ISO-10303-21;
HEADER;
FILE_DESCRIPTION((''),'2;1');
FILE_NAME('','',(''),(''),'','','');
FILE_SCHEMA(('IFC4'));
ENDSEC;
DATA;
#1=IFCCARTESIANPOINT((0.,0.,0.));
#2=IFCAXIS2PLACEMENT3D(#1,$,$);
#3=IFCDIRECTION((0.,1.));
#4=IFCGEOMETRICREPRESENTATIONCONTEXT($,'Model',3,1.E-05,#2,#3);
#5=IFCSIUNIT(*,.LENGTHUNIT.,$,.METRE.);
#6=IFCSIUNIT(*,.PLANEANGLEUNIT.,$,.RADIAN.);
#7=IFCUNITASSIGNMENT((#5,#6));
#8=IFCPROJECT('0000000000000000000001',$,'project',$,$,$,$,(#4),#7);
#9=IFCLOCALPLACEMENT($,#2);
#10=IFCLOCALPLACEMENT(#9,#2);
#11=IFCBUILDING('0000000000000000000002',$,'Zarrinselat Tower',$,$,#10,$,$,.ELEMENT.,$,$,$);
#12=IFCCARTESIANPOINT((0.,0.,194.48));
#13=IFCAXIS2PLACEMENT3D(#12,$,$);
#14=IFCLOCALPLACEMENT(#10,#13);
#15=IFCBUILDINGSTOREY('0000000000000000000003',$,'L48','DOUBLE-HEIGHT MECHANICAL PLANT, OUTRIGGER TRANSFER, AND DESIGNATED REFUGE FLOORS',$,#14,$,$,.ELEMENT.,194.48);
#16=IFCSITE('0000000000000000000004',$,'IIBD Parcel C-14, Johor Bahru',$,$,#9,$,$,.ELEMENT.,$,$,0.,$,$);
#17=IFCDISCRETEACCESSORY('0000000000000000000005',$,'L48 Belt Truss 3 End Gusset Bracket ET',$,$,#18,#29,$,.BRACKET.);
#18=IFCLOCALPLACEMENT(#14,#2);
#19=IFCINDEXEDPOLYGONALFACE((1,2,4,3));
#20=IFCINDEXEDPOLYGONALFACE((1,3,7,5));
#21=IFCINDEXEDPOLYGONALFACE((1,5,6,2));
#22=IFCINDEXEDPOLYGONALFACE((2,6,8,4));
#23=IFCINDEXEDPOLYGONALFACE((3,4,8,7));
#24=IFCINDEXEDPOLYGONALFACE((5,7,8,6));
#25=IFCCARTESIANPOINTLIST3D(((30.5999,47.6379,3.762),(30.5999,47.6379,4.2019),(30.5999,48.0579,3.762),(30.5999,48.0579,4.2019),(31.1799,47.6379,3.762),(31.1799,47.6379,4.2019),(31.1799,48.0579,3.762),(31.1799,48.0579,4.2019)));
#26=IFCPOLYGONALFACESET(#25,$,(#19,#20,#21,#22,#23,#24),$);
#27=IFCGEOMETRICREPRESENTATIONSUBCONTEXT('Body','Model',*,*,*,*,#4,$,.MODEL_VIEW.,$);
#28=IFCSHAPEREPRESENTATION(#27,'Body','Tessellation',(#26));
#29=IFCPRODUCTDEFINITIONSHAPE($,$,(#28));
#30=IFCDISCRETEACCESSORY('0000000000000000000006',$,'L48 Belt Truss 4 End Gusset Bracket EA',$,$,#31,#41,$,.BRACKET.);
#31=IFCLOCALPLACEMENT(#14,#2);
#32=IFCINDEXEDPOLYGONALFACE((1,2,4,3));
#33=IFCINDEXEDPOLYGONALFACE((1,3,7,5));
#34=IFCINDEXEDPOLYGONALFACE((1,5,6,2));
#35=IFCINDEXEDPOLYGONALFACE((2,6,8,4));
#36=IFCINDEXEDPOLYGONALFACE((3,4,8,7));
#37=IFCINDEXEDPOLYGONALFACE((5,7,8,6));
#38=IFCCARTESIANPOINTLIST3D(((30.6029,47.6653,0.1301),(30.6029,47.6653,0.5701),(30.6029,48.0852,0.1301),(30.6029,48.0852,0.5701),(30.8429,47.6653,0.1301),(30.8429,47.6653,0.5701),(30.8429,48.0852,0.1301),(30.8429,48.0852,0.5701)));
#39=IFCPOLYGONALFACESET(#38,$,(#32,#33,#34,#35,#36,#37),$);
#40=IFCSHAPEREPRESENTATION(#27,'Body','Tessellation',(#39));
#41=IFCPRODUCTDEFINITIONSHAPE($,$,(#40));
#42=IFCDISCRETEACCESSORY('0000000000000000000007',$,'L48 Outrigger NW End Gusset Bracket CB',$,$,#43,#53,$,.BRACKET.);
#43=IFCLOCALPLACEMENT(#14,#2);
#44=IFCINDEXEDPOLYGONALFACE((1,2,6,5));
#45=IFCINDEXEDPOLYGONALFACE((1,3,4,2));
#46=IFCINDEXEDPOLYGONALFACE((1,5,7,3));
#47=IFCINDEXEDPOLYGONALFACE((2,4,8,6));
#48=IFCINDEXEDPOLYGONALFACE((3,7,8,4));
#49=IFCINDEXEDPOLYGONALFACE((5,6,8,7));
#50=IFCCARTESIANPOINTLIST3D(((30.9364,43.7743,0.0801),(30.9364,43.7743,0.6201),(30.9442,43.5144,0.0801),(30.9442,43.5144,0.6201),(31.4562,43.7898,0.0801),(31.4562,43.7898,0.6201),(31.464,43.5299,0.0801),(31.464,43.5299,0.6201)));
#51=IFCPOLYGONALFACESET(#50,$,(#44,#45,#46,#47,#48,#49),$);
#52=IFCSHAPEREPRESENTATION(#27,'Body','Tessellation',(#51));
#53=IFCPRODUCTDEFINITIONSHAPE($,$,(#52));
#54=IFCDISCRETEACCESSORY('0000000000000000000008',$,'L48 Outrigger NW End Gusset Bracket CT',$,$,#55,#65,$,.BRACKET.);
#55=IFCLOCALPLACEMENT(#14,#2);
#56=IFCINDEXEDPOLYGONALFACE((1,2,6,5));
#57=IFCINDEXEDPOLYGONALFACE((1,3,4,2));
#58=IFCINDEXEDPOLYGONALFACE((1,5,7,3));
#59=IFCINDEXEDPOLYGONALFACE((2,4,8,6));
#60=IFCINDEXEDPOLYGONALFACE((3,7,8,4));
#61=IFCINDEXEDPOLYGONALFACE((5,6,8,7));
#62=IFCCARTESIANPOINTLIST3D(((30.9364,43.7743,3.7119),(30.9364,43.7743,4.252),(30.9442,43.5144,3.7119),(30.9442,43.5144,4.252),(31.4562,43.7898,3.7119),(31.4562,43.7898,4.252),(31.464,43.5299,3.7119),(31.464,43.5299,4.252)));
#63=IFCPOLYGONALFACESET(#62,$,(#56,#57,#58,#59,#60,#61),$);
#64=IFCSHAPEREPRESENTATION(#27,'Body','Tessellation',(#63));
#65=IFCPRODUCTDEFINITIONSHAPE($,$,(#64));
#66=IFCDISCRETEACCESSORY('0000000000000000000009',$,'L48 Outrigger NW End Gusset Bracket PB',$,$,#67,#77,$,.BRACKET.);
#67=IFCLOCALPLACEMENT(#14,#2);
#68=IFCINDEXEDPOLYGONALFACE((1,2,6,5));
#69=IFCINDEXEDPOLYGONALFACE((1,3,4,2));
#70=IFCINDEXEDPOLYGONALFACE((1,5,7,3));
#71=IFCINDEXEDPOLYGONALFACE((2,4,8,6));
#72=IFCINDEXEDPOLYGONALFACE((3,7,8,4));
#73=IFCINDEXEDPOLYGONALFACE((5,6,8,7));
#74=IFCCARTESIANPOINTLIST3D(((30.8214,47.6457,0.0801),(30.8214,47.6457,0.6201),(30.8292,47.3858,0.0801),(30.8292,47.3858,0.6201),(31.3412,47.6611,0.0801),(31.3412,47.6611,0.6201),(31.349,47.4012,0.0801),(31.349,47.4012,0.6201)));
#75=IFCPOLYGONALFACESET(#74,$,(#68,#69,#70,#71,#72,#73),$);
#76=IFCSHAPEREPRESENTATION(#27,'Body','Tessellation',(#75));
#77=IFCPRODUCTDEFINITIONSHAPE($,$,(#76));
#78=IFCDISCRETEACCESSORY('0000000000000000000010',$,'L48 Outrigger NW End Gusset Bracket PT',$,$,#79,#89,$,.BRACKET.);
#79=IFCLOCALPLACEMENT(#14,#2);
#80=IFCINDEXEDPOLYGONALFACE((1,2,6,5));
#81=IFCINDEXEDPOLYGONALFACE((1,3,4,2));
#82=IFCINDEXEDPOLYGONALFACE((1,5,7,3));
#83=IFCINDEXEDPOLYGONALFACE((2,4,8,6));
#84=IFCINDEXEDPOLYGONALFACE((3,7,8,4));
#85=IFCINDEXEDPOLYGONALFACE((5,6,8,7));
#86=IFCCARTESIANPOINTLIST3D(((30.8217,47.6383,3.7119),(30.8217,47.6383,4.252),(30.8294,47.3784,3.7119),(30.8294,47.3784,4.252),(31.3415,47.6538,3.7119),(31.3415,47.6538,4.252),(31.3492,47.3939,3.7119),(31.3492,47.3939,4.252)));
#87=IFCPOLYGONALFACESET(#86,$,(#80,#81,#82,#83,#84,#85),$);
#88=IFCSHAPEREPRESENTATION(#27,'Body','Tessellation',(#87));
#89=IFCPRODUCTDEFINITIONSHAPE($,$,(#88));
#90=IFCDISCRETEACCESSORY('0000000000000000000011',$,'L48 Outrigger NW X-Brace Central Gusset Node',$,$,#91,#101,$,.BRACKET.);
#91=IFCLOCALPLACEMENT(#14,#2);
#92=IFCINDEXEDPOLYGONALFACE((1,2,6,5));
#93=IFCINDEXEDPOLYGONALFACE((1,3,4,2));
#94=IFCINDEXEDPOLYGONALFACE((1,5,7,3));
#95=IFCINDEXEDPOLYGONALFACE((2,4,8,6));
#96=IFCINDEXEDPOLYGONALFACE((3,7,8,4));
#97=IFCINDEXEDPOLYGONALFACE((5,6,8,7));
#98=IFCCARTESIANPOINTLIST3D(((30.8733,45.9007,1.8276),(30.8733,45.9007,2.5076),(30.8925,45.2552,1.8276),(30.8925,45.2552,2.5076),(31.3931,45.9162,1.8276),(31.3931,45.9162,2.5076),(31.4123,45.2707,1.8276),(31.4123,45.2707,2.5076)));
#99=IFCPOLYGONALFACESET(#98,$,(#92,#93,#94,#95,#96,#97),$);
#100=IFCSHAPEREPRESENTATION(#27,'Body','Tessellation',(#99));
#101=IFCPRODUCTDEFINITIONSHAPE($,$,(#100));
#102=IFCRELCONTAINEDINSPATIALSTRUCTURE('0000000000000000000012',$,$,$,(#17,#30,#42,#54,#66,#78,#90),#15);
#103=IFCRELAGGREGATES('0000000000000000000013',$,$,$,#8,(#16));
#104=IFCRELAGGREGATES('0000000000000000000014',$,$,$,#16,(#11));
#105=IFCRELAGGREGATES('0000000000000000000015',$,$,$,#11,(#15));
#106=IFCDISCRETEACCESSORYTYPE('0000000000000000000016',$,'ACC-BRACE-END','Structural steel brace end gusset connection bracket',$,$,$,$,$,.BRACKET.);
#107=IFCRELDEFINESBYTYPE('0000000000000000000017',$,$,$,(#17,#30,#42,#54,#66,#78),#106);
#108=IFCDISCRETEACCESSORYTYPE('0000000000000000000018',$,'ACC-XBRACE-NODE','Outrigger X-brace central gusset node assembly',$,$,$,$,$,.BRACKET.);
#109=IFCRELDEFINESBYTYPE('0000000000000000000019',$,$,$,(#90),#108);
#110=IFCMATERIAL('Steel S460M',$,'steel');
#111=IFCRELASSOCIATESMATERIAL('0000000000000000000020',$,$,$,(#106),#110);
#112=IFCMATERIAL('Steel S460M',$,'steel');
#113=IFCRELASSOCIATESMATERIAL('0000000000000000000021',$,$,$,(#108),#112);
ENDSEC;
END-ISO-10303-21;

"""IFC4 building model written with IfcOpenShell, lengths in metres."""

from ifc_helpers import new_model, si_unit, direction, frame, origin, origin_2d, place, context, subcontext, project, spatial, rectangle, extrude, material, type_object, element, save


model = new_model("IFC4")

# Units and contexts
model_context = context("Model", 3, precision=1e-05, world=origin(), true_north=direction((0.0, 1.0)))
body_context = subcontext(model_context, "Body", "Model", "MODEL_VIEW")
ifc_project = project(units=[si_unit("LENGTHUNIT", "METRE"), si_unit("PLANEANGLEUNIT", "RADIAN")], contexts=[model_context])

# Site, building, storey
site_placement = place(None, origin())
site = spatial("IfcSite", under=ifc_project, at=site_placement, Name="IIBD Parcel C-14, Johor Bahru", CompositionType="ELEMENT", RefElevation=0.0)
building_placement = place(site_placement, origin())
building = spatial("IfcBuilding", under=site, at=building_placement, Name="Zarrinselat Tower", CompositionType="ELEMENT")
storey_placement = place(building_placement, frame((0.0, 0.0, 194.48)))
storey = spatial("IfcBuildingStorey", under=building, at=storey_placement, Name="L48", Description="DOUBLE-HEIGHT MECHANICAL PLANT, OUTRIGGER TRANSFER, AND DESIGNATED REFUGE FLOORS", CompositionType="ELEMENT", Elevation=194.48)

# Discrete accessories
ifc_material_1 = material(Name="Steel S460M", Category="steel")
discrete_accessory_type_1 = type_object("IfcDiscreteAccessoryType", Name="ACC-BRACE-END", Description="Structural steel brace end gusset connection bracket", PredefinedType="BRACKET", material=ifc_material_1)
discrete_accessory_1_placement = place(storey_placement, frame((30.8899, 47.8479, 3.762), z_axis=(0.0, 0.0, 1.0), x_axis=(-1.0, 0.0, 0.0)))
element("IfcDiscreteAccessory", 1, at=discrete_accessory_1_placement, inside=storey, type_object=discrete_accessory_type_1, Name="L48 Belt Truss 3 End Gusset Bracket ET", PredefinedType="BRACKET", context=body_context, shape_type="SweptSolid", body=[
    extrude(rectangle(XDim=0.5801, YDim=0.4199, at=origin_2d()), origin(), (0.0, 0.0, 1.0), 0.4399),
])
discrete_accessory_2_placement = place(storey_placement, frame((30.7229, 47.8752, 0.1301), z_axis=(0.0, 0.0, 1.0), x_axis=(-1.0, 0.0, 0.0)))
element("IfcDiscreteAccessory", 2, at=discrete_accessory_2_placement, inside=storey, type_object=discrete_accessory_type_1, Name="L48 Belt Truss 4 End Gusset Bracket EA", PredefinedType="BRACKET", context=body_context, shape_type="SweptSolid", body=[
    extrude(rectangle(XDim=0.24, YDim=0.4199, at=origin_2d()), origin(), (0.0, 0.0, 1.0), 0.4399),
])
for number, where, z_axis, x_axis, name in (
    (3, (31.2002, 43.6521, 0.0801), (0.0, 0.0, 1.0), (-0.029713, 0.999558, 0.0), "L48 Outrigger NW End Gusset Bracket CB"),
    (4, (31.2002, 43.6521, 3.7119), (0.0, 0.0, 1.0), (-0.029713, 0.999558, 0.0), "L48 Outrigger NW End Gusset Bracket CT"),
    (5, (31.0852, 47.5234, 0.0801), (0.0, 0.0, 1.0), (-0.029713, 0.999558, 0.0), "L48 Outrigger NW End Gusset Bracket PB"),
    (6, (31.0854, 47.5161, 3.7119), (0.0, 0.0, 1.0), (-0.029713, 0.999558, 0.0), "L48 Outrigger NW End Gusset Bracket PT"),
):
    element("IfcDiscreteAccessory", number, at=place(storey_placement, frame(where, z_axis=z_axis, x_axis=x_axis)), inside=storey, type_object=discrete_accessory_type_1, Name=name, PredefinedType="BRACKET", context=body_context, shape_type="SweptSolid", body=[
        extrude(rectangle(XDim=0.26, YDim=0.52, at=origin_2d()), origin(), (0.0, 0.0, 1.0), 0.54),
    ])
ifc_material_2 = material(Name="Steel S460M", Category="steel")
discrete_accessory_type_2 = type_object("IfcDiscreteAccessoryType", Name="ACC-XBRACE-NODE", Description="Outrigger X-brace central gusset node assembly", PredefinedType="BRACKET", material=ifc_material_2)
discrete_accessory_3_placement = place(storey_placement, frame((31.1428, 45.5857, 1.8276), z_axis=(0.0, 0.0, 1.0), x_axis=(-0.029713, 0.999558, 0.0)))
element("IfcDiscreteAccessory", 7, at=discrete_accessory_3_placement, inside=storey, type_object=discrete_accessory_type_2, Name="L48 Outrigger NW X-Brace Central Gusset Node", PredefinedType="BRACKET", context=body_context, shape_type="SweptSolid", body=[
    extrude(rectangle(XDim=0.6458, YDim=0.52, at=origin_2d()), origin(), (0.0, 0.0, 1.0), 0.6799),
])

save(model, "model.ifc")
